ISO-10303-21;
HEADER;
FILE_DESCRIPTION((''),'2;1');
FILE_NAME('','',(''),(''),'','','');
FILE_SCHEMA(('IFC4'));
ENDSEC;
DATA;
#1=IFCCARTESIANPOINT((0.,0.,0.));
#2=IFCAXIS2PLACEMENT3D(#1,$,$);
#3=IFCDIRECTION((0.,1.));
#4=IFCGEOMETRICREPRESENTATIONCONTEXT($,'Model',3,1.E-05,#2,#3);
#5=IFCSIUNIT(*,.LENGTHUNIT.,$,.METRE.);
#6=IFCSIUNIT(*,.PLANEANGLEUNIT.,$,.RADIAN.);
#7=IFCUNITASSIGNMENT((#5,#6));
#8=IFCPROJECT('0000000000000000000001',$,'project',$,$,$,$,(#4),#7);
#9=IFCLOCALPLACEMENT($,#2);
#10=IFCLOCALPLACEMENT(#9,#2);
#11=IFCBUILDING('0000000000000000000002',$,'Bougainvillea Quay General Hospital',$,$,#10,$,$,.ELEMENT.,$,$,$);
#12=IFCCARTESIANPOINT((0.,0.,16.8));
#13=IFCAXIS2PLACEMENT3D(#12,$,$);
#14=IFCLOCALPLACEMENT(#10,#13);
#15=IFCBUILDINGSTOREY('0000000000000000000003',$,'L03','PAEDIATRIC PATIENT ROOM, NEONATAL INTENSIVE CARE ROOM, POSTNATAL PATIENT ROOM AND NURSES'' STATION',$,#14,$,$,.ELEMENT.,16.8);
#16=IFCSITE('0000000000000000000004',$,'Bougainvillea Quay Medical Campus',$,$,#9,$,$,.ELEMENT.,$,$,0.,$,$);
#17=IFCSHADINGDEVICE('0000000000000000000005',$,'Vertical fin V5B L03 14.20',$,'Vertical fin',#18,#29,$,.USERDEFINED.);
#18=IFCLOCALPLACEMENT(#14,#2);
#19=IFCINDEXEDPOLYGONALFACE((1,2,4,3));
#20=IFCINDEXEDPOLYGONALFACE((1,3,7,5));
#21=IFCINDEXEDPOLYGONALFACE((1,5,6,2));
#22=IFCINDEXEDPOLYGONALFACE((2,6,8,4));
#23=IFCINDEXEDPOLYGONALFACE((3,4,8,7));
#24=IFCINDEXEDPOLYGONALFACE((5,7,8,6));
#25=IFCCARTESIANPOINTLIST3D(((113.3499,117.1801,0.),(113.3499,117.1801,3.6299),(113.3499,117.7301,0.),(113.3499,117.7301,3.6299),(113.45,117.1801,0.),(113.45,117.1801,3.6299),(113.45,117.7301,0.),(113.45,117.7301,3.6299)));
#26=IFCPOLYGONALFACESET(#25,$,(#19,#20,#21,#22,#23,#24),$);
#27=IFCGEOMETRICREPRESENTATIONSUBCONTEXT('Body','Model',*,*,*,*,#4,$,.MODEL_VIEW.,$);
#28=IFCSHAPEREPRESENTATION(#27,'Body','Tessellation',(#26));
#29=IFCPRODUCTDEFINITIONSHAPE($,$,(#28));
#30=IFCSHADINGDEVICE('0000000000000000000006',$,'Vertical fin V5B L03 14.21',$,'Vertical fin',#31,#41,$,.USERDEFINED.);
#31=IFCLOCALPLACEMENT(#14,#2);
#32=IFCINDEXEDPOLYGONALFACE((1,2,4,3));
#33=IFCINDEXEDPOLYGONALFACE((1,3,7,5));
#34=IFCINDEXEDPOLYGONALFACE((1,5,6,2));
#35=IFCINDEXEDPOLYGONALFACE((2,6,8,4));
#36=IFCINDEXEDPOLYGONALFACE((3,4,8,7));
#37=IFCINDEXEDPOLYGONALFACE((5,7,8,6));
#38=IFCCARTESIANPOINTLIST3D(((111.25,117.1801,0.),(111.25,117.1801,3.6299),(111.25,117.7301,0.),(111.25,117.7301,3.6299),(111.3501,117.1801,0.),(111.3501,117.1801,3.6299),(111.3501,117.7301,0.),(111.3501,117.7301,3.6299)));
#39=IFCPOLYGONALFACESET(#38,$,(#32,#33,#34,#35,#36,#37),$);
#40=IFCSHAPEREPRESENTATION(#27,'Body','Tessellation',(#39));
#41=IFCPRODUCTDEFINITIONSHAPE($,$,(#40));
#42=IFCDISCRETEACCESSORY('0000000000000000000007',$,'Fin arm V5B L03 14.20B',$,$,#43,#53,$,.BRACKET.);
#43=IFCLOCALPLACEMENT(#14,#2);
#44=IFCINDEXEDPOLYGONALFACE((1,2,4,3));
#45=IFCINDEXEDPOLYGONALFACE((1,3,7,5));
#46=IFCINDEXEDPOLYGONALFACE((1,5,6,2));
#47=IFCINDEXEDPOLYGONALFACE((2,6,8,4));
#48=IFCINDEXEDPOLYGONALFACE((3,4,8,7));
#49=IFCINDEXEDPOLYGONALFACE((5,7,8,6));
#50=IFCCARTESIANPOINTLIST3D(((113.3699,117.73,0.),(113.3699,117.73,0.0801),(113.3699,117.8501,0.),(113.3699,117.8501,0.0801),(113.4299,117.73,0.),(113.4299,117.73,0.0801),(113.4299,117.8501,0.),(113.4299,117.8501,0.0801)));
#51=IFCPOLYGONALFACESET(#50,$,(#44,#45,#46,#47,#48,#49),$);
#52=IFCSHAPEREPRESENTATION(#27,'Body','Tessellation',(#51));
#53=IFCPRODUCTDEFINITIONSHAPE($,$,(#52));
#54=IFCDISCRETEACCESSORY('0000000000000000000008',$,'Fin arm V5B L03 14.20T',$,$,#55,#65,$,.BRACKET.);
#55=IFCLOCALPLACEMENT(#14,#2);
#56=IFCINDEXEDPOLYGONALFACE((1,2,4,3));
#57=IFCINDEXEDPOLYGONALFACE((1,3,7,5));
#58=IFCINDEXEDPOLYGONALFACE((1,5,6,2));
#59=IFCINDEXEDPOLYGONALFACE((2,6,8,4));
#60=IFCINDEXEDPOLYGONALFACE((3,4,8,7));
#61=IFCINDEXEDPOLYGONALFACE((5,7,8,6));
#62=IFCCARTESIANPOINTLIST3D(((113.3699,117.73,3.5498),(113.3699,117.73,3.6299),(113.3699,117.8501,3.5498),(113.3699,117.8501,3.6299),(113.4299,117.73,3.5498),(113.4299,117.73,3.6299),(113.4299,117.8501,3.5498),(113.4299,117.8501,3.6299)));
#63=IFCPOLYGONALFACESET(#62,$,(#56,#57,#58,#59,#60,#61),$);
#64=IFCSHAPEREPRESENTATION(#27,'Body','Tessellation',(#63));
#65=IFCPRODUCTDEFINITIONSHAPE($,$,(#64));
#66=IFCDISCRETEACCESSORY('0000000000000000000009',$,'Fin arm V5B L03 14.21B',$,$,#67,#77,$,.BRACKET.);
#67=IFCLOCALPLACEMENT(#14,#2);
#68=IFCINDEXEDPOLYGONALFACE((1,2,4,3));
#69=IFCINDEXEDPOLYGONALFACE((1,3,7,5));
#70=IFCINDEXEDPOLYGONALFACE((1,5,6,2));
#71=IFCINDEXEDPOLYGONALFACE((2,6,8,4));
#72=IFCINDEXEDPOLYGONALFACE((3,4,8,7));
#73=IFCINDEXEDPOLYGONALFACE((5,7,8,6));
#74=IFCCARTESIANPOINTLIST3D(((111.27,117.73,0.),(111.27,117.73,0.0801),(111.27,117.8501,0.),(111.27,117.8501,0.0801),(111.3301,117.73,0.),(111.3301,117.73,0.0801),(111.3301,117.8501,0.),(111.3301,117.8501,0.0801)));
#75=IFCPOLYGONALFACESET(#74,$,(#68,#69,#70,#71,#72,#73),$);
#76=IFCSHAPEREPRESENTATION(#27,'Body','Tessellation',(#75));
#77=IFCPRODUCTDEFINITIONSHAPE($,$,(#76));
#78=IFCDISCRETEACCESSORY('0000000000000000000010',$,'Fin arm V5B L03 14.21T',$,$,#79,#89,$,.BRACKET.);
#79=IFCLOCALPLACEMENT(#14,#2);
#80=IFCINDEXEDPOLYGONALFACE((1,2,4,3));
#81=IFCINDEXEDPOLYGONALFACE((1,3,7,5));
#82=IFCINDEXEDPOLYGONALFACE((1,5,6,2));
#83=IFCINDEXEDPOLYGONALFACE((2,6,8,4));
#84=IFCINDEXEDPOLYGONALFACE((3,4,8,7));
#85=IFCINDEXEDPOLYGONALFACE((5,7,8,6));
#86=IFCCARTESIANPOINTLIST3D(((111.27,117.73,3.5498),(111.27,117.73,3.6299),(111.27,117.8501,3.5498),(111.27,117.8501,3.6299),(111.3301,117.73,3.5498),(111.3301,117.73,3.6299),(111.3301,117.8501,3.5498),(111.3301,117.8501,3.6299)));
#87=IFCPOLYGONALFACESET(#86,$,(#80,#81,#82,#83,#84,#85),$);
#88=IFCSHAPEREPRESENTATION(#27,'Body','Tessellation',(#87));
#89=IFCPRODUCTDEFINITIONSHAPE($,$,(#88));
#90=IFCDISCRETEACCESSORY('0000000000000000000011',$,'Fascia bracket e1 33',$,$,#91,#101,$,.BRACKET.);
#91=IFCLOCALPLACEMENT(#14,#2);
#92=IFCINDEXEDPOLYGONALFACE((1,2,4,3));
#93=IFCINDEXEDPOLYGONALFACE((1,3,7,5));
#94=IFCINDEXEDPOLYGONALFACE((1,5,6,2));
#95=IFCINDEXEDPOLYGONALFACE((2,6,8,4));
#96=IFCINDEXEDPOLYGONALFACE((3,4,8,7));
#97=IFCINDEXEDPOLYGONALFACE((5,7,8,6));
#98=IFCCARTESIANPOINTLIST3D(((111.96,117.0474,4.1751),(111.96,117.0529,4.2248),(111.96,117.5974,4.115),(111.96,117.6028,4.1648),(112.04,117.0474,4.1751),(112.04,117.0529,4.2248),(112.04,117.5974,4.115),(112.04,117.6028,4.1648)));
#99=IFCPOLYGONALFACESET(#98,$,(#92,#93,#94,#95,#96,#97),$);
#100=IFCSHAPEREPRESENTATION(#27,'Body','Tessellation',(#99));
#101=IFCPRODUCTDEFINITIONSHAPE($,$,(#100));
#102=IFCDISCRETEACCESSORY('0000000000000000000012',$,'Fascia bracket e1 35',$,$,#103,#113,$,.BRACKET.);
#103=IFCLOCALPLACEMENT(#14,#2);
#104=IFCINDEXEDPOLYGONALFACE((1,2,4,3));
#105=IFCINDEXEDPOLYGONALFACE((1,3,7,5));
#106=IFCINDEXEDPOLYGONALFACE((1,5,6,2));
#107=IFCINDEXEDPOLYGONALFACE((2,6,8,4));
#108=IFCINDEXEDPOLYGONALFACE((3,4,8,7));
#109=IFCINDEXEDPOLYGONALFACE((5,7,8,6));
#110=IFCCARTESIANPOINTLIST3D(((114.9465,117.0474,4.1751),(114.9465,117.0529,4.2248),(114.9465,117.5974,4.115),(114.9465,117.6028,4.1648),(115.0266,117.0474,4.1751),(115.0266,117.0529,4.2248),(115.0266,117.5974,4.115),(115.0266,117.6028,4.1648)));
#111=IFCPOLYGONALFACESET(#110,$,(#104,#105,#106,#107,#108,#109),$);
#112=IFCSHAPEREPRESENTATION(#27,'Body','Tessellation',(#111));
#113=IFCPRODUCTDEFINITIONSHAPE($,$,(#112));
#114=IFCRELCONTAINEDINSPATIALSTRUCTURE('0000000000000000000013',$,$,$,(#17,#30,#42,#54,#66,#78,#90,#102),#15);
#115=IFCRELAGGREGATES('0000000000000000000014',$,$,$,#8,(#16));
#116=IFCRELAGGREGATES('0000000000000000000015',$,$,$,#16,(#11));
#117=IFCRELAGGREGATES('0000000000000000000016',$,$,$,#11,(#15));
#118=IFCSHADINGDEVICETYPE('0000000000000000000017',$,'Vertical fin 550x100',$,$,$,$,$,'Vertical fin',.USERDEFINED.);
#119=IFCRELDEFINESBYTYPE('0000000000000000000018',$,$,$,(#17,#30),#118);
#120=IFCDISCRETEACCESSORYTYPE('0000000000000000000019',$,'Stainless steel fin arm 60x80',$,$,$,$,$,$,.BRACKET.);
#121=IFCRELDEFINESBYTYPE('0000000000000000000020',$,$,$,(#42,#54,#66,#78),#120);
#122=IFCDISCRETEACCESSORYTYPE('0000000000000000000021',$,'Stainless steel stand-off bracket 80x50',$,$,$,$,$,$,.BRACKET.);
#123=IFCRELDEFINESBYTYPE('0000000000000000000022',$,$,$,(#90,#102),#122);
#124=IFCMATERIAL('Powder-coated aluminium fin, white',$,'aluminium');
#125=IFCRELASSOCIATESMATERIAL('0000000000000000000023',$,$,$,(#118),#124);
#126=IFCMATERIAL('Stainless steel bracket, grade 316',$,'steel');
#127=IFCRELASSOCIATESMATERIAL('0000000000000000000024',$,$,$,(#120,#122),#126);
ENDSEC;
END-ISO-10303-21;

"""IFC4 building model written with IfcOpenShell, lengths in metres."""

from ifc_helpers import new_model, si_unit, direction, frame, origin, origin_2d, place, context, subcontext, project, spatial, rectangle, extrude, material, material_profile, profile_set, type_object, element, save


model = new_model("IFC4")

# Units and contexts
model_context = context("Model", 3, precision=1e-05, world=origin(), true_north=direction((0.0, 1.0)))
body_context = subcontext(model_context, "Body", "Model", "MODEL_VIEW")
ifc_project = project(units=[si_unit("LENGTHUNIT", "METRE"), si_unit("PLANEANGLEUNIT", "RADIAN")], contexts=[model_context])

# Site, building, storey
site_placement = place(None, origin())
site = spatial("IfcSite", under=ifc_project, at=site_placement, Name="Bougainvillea Quay Medical Campus", CompositionType="ELEMENT", RefElevation=0.0)
building_placement = place(site_placement, origin())
building = spatial("IfcBuilding", under=site, at=building_placement, Name="Bougainvillea Quay General Hospital", CompositionType="ELEMENT")
storey_placement = place(building_placement, frame((0.0, 0.0, 16.8)))
storey = spatial("IfcBuildingStorey", under=building, at=storey_placement, Name="L03", Description="PAEDIATRIC PATIENT ROOM, NEONATAL INTENSIVE CARE ROOM, POSTNATAL PATIENT ROOM AND NURSES' STATION", CompositionType="ELEMENT", Elevation=16.8)

# Shading devices
ifc_material_1 = material(Name="Powder-coated aluminium fin, white", Category="aluminium")
ifc_material_profile_1 = material_profile(ifc_material_1, rectangle(XDim=0.55, YDim=0.1001, at=origin_2d()))
ifc_profile_set_1 = profile_set([ifc_material_profile_1], Name="Powder-coated aluminium fin, white")
shading_device_type = type_object("IfcShadingDeviceType", Name="Vertical fin 550x100", ElementType="Vertical fin", PredefinedType="USERDEFINED", material=ifc_profile_set_1)
for number, where, z_axis, x_axis, name in (
    (1, (113.3999, 117.4551, 0.0), (0.0, 0.0, 1.0), (0.0, -1.0, 0.0), "Vertical fin V5B L03 14.20"),
    (2, (111.3, 117.4551, 0.0), (0.0, 0.0, 1.0), (0.0, -1.0, 0.0), "Vertical fin V5B L03 14.21"),
):
    element("IfcShadingDevice", number, at=place(storey_placement, frame(where, z_axis=z_axis, x_axis=x_axis)), inside=storey, type_object=shading_device_type, Name=name, ObjectType="Vertical fin", PredefinedType="USERDEFINED", context=body_context, shape_type="SweptSolid", body=[
        extrude(rectangle(XDim=0.55, YDim=0.1001, at=origin_2d()), origin(), (0.0, 0.0, 1.0), 3.6299),
    ])

# Discrete accessories
ifc_material_2 = material(Name="Stainless steel bracket, grade 316", Category="steel")
discrete_accessory_type_1 = type_object("IfcDiscreteAccessoryType", Name="Stainless steel fin arm 60x80", PredefinedType="BRACKET", material=ifc_material_2)
for number, where, z_axis, x_axis, name in (
    (3, (113.3999, 117.79, 0.0), (0.0, 0.0, 1.0), (0.0, -1.0, 0.0), "Fin arm V5B L03 14.20B"),
    (4, (113.3999, 117.79, 3.5498), (0.0, 0.0, 1.0), (0.0, -1.0, 0.0), "Fin arm V5B L03 14.20T"),
    (5, (111.3, 117.79, 0.0), (0.0, 0.0, 1.0), (0.0, -1.0, 0.0), "Fin arm V5B L03 14.21B"),
    (6, (111.3, 117.79, 3.5498), (0.0, 0.0, 1.0), (0.0, -1.0, 0.0), "Fin arm V5B L03 14.21T"),
):
    element("IfcDiscreteAccessory", number, at=place(storey_placement, frame(where, z_axis=z_axis, x_axis=x_axis)), inside=storey, type_object=discrete_accessory_type_1, Name=name, PredefinedType="BRACKET", context=body_context, shape_type="SweptSolid", body=[
        extrude(rectangle(XDim=0.1201, YDim=0.0601, at=origin_2d()), origin(), (0.0, 0.0, 1.0), 0.0801),
    ])
ifc_material_profile_2 = material_profile(ifc_material_2, rectangle(XDim=0.0801, YDim=0.05, at=origin_2d()))
ifc_profile_set_2 = profile_set([ifc_material_profile_2], Name="Stainless steel bracket, grade 316")
discrete_accessory_type_2 = type_object("IfcDiscreteAccessoryType", Name="Stainless steel stand-off bracket 80x50", PredefinedType="BRACKET", material=ifc_profile_set_2)
for number, where, z_axis, x_axis, name in (
    (7, (112.0, 117.6001, 4.1399), (0.0, -0.994092, 0.108543), (1.0, 0.0, 0.0), "Fascia bracket e1 33"),
    (8, (114.9866, 117.6001, 4.1399), (0.0, -0.994092, 0.108543), (1.0, 0.0, 0.0), "Fascia bracket e1 35"),
):
    element("IfcDiscreteAccessory", number, at=place(storey_placement, frame(where, z_axis=z_axis, x_axis=x_axis)), inside=storey, type_object=discrete_accessory_type_2, Name=name, PredefinedType="BRACKET", context=body_context, shape_type="SweptSolid", body=[
        extrude(rectangle(XDim=0.0801, YDim=0.05, at=origin_2d()), origin(), (0.0, 0.0, 1.0), 0.5532),
    ])

save(model, "model.ifc")
